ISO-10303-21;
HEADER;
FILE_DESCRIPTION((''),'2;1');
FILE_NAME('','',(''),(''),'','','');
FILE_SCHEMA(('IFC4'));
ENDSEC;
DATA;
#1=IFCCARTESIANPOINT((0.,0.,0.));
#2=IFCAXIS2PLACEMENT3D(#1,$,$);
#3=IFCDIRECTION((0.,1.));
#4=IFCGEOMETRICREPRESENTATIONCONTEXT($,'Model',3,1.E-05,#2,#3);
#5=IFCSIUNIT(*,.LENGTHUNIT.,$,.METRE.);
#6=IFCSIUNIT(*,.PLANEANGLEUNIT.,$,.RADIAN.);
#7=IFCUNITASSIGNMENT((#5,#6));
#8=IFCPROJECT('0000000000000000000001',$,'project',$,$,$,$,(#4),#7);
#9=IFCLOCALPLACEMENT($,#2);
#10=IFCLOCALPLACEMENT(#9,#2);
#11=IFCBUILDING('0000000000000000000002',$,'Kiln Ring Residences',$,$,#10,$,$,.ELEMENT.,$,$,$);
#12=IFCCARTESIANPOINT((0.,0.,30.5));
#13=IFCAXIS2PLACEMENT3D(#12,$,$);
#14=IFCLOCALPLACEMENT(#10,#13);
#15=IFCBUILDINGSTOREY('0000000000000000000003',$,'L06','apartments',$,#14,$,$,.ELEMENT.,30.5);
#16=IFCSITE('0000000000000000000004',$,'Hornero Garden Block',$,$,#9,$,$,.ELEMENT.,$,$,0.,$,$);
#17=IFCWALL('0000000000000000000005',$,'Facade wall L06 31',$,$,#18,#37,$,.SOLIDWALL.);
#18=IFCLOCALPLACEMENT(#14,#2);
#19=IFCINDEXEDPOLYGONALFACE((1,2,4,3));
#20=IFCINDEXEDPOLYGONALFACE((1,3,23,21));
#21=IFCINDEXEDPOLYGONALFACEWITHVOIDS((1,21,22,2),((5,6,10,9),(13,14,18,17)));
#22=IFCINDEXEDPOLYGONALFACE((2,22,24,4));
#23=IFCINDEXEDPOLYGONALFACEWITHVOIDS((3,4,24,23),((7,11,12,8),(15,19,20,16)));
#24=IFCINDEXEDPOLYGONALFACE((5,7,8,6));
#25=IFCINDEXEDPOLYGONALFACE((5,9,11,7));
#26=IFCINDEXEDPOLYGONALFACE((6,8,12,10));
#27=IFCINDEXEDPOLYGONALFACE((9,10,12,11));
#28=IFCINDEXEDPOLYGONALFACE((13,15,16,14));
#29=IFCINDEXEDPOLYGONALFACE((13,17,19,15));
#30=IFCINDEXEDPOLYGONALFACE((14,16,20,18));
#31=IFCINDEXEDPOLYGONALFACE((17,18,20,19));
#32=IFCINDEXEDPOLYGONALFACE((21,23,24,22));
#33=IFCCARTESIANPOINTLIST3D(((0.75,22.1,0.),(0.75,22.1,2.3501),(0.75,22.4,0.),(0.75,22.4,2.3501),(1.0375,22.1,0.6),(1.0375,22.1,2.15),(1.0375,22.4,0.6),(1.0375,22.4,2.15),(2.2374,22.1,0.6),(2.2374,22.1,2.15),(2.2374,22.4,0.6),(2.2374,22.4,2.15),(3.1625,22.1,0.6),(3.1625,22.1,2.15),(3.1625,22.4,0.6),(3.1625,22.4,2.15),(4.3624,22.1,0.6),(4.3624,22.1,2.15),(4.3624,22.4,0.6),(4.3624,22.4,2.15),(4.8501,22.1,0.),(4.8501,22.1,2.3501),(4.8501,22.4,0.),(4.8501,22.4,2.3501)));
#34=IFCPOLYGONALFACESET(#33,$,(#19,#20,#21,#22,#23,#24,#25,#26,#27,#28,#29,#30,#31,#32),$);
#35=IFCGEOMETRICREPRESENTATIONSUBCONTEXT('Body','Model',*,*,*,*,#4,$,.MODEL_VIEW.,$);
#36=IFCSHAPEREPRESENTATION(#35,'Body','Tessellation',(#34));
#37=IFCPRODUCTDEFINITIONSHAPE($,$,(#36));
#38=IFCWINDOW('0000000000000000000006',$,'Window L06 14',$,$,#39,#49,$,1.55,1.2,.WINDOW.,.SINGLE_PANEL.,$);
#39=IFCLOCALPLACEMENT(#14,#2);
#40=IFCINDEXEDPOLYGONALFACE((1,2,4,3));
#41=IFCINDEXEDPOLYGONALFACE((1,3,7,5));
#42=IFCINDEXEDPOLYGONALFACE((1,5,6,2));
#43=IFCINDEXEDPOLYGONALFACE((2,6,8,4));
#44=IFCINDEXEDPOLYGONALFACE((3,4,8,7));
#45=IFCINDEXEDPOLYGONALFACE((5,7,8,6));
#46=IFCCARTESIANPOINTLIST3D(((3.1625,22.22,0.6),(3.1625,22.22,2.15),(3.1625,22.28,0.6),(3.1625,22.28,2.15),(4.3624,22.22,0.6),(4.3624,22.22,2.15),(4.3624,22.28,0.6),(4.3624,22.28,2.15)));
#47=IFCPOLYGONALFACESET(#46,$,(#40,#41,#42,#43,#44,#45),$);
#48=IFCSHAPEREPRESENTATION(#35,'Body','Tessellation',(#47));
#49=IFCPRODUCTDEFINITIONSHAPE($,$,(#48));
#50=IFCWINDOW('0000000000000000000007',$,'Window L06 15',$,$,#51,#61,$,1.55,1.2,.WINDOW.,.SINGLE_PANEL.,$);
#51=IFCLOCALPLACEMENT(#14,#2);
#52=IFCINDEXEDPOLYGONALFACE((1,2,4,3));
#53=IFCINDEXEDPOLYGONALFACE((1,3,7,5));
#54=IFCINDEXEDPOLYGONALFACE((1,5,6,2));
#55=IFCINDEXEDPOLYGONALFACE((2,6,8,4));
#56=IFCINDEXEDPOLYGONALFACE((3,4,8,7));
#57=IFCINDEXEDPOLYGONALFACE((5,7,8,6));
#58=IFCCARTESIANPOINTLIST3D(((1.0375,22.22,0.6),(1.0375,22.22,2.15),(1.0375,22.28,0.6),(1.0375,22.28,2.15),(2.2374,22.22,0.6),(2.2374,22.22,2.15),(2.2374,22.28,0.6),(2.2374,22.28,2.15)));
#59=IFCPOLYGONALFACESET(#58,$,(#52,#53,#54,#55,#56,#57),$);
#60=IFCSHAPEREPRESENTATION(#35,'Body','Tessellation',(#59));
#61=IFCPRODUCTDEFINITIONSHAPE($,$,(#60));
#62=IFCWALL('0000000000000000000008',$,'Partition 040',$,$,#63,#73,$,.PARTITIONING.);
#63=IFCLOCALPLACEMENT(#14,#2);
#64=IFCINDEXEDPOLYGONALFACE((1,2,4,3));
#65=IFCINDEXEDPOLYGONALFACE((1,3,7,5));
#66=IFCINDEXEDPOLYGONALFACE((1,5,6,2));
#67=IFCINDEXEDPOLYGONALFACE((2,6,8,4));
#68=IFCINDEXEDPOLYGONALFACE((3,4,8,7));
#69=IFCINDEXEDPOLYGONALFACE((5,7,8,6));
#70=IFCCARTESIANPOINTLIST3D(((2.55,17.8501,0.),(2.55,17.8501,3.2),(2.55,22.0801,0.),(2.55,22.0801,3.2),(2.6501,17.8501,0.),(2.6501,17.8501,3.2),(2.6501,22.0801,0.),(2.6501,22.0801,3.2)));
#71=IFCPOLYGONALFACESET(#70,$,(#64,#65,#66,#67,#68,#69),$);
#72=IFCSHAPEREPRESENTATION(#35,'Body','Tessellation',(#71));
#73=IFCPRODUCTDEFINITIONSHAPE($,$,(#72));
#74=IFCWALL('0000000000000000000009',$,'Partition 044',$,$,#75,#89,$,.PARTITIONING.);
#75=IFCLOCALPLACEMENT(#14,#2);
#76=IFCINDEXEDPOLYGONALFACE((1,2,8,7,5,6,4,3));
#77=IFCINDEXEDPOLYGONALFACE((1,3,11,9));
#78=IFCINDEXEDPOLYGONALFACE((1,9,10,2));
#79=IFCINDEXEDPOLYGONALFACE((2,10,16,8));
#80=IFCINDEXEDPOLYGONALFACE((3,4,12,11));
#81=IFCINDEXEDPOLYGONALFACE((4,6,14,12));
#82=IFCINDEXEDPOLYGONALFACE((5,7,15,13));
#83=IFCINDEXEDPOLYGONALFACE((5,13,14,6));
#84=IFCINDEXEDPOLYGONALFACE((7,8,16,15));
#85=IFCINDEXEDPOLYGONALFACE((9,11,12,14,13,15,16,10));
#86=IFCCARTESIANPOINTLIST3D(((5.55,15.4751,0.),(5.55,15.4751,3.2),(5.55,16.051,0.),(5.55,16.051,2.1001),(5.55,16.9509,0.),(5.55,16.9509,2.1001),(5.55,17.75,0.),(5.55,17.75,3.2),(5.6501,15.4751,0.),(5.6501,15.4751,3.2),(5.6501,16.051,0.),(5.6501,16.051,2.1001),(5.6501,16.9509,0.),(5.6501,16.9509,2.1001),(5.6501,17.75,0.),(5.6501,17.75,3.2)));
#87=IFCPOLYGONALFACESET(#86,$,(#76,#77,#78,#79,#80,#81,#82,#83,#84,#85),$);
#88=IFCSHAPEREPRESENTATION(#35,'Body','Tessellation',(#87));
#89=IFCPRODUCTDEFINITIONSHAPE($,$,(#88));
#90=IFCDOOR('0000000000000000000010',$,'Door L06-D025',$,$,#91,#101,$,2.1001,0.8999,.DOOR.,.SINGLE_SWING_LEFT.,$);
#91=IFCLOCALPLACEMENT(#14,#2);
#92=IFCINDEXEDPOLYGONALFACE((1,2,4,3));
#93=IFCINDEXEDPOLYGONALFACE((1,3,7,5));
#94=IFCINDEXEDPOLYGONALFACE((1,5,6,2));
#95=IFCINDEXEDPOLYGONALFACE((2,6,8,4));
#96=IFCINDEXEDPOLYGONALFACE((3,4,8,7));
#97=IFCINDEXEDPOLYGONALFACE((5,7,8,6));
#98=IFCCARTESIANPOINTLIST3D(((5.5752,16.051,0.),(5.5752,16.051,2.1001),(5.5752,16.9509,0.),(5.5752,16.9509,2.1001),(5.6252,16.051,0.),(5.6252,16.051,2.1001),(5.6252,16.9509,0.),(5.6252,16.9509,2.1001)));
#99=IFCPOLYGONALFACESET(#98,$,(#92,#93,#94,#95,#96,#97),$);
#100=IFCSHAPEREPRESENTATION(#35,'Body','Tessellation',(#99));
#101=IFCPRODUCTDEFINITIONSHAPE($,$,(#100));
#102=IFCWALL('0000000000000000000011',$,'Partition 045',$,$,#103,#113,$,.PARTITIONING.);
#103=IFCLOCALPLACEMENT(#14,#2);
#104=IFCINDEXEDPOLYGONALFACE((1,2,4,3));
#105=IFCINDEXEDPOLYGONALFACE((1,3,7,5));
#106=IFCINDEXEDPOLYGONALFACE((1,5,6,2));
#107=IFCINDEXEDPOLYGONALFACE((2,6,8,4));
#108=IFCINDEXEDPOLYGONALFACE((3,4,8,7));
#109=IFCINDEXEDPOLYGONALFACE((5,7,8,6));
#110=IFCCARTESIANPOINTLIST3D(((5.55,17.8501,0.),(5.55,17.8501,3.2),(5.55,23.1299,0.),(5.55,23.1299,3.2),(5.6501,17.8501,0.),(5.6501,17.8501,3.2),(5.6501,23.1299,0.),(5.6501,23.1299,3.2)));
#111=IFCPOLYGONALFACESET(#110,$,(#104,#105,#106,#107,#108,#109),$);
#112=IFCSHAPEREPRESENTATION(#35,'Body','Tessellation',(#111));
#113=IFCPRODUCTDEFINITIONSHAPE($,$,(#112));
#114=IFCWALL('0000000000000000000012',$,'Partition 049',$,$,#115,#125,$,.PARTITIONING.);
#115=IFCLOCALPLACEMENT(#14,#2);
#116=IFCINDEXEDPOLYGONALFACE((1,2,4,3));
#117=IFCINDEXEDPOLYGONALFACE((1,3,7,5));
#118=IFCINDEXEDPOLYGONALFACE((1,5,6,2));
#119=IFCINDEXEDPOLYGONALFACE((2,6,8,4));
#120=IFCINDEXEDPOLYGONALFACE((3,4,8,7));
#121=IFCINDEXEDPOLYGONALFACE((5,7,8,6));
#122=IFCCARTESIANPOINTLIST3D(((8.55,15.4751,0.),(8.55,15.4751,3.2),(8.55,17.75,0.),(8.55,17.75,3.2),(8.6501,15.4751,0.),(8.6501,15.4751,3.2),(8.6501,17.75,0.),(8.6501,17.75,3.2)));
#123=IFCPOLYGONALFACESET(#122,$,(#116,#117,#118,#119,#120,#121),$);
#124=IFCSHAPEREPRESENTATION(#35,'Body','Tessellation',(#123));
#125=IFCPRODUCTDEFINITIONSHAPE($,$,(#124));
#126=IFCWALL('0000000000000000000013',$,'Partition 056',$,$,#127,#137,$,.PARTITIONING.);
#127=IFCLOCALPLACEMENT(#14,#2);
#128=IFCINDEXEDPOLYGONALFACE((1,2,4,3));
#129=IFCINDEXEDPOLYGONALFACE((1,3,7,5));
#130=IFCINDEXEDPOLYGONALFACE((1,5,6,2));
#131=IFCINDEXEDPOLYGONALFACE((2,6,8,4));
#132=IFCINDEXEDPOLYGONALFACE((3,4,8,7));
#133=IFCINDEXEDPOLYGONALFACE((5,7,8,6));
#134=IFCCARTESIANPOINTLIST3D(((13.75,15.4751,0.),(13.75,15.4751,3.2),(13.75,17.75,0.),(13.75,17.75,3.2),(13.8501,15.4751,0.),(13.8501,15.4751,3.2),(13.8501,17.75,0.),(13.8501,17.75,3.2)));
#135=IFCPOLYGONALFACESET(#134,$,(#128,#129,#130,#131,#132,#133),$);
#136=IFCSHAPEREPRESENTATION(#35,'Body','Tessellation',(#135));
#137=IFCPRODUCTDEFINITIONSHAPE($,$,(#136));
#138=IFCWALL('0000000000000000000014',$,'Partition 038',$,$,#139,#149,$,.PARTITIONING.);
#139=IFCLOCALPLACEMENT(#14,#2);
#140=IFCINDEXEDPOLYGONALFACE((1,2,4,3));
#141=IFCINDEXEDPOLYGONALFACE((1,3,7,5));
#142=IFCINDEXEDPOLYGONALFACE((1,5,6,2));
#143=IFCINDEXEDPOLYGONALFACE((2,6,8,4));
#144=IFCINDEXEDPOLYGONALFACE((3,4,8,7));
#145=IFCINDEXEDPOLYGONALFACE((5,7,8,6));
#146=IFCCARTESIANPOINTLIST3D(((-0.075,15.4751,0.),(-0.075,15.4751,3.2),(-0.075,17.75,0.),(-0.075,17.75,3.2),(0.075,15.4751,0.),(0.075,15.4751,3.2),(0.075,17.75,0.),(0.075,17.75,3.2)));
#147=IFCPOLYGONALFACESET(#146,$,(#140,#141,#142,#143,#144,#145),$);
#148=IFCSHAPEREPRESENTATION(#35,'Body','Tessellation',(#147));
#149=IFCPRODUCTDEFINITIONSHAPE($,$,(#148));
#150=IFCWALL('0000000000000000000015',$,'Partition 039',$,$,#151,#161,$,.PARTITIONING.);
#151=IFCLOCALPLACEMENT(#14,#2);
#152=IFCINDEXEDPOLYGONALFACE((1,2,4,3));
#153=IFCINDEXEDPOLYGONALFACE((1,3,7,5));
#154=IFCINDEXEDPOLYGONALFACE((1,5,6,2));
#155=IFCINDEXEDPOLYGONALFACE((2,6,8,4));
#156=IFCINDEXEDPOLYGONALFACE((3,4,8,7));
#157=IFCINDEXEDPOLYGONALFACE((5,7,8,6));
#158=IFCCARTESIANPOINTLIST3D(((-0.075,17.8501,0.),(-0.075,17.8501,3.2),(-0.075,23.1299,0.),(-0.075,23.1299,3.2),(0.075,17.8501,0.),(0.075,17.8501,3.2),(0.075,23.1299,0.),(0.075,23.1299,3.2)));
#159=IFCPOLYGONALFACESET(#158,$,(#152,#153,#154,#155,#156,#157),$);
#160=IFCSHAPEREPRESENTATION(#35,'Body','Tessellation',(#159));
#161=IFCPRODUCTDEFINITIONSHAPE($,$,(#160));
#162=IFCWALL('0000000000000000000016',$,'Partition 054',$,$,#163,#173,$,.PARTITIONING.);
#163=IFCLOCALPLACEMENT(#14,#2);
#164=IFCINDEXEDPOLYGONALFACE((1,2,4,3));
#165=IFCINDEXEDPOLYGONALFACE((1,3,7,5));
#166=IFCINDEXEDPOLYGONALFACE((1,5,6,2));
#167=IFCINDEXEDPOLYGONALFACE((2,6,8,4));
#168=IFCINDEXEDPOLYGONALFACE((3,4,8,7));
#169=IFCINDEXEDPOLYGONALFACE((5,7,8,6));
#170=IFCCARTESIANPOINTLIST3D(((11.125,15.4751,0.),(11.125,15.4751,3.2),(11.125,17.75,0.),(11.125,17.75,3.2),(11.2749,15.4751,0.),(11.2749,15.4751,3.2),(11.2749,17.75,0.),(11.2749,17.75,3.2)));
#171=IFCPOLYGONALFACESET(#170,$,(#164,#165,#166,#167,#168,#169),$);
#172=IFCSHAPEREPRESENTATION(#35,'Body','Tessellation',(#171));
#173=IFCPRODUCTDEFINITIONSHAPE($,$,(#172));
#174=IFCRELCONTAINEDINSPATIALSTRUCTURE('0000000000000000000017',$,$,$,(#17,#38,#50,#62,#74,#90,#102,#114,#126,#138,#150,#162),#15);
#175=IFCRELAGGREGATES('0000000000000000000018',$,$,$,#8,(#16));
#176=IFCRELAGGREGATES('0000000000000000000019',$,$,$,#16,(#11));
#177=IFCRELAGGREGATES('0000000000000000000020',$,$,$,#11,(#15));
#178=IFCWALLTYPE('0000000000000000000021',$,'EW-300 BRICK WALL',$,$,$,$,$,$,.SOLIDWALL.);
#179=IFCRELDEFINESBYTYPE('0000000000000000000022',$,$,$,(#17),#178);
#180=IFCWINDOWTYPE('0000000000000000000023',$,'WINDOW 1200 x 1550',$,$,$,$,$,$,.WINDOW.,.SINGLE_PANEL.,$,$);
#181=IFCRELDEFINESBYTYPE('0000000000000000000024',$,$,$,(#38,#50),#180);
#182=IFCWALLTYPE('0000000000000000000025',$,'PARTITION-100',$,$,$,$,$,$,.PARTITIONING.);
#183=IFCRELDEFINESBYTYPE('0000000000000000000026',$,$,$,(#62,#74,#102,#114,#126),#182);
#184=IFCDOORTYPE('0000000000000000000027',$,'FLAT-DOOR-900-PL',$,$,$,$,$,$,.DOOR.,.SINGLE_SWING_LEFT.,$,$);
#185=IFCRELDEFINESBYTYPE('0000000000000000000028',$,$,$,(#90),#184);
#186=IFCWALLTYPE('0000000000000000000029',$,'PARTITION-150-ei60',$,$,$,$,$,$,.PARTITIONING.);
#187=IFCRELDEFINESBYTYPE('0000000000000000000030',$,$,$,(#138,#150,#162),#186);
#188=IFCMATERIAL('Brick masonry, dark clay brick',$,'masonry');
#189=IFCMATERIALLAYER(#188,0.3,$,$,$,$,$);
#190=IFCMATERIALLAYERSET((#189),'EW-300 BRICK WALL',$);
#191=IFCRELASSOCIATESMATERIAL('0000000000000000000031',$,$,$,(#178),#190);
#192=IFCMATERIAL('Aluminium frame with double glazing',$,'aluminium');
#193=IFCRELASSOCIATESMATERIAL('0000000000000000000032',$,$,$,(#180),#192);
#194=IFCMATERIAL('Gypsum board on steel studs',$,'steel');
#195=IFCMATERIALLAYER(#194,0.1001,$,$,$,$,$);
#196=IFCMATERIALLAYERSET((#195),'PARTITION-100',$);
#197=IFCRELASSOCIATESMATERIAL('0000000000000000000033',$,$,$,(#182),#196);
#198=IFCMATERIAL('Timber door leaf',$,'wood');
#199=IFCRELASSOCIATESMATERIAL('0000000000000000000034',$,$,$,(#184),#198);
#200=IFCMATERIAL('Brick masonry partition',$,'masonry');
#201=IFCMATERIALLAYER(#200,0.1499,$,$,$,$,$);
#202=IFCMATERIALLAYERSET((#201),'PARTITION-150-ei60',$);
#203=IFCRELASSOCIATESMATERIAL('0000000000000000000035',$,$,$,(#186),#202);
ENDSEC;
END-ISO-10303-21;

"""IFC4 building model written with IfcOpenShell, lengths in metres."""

from ifc_helpers import new_model, si_unit, direction, frame, frame_2d, origin, place, context, subcontext, project, spatial, rectangle, extrude, material, layer, layer_set, type_object, element, fill, save


model = new_model("IFC4")

# Units and contexts
model_context = context("Model", 3, precision=1e-05, world=origin(), true_north=direction((0.0, 1.0)))
body_context = subcontext(model_context, "Body", "Model", "MODEL_VIEW")
ifc_project = project(units=[si_unit("LENGTHUNIT", "METRE"), si_unit("PLANEANGLEUNIT", "RADIAN")], contexts=[model_context])

# Site, building, storey
site_placement = place(None, origin())
site = spatial("IfcSite", under=ifc_project, at=site_placement, Name="Hornero Garden Block", CompositionType="ELEMENT", RefElevation=0.0)
building_placement = place(site_placement, origin())
building = spatial("IfcBuilding", under=site, at=building_placement, Name="Kiln Ring Residences", CompositionType="ELEMENT")
storey_placement = place(building_placement, frame((0.0, 0.0, 30.5)))
storey = spatial("IfcBuildingStorey", under=building, at=storey_placement, Name="L06", Description="apartments", CompositionType="ELEMENT", Elevation=30.5)

# Shared definitions
ifc_material_1 = material(Name="Brick masonry, dark clay brick", Category="masonry")
ifc_layer_1 = layer(ifc_material_1, 0.3)
ifc_layer_set_1 = layer_set([ifc_layer_1], Name="EW-300 BRICK WALL")
wall_type_1 = type_object("IfcWallType", Name="EW-300 BRICK WALL", PredefinedType="SOLIDWALL", material=ifc_layer_set_1)

# Wall, openings, windows
wall_1_placement = place(storey_placement, frame((4.8501, 22.25, 0.0), z_axis=(0.0, 0.0, 1.0), x_axis=(-1.0, 0.0, 0.0)))
wall_1 = element("IfcWall", 1, at=wall_1_placement, inside=storey, type_object=wall_type_1, Name="Facade wall L06 31", PredefinedType="SOLIDWALL", context=body_context, shape_type="SweptSolid", body=[
    extrude(rectangle(XDim=4.1001, YDim=0.3, at=frame_2d((2.05, 0.0))), origin(), (0.0, 0.0, 1.0), 2.3501),
])
opening_1_placement = place(wall_1_placement, frame((0.4875, 0.0, 0.6001)))
opening_1 = element("IfcOpeningElement", 2, at=opening_1_placement, cuts=wall_1, PredefinedType="OPENING", context=body_context, shape_type="SweptSolid", body=[
    extrude(rectangle(XDim=1.2, YDim=1.55, at=frame_2d((0.6001, 0.7749))), frame((0.0, 0.1599, 0.0), z_axis=(0.0, -1.0, 0.0), x_axis=(1.0, 0.0, 0.0)), (0.0, 0.0, 1.0), 0.3201),
])
opening_2_placement = place(wall_1_placement, frame((2.6125, 0.0, 0.6001)))
opening_2 = element("IfcOpeningElement", 3, at=opening_2_placement, cuts=wall_1, PredefinedType="OPENING", context=body_context, shape_type="SweptSolid", body=[
    extrude(rectangle(XDim=1.2, YDim=1.55, at=frame_2d((0.6001, 0.7749))), frame((0.0, 0.1599, 0.0), z_axis=(0.0, -1.0, 0.0), x_axis=(1.0, 0.0, 0.0)), (0.0, 0.0, 1.0), 0.3201),
])
ifc_material_2 = material(Name="Aluminium frame with double glazing", Category="aluminium")
window_type_1 = type_object("IfcWindowType", Name="WINDOW 1200 x 1550", PartitioningType="SINGLE_PANEL", PredefinedType="WINDOW", material=ifc_material_2)
window_1_placement = place(opening_1_placement, origin())
window_1 = element("IfcWindow", 4, at=window_1_placement, inside=storey, type_object=window_type_1, Name="Window L06 14", OverallHeight=1.55, OverallWidth=1.2, PartitioningType="SINGLE_PANEL", PredefinedType="WINDOW", context=body_context, shape_type="SweptSolid", body=[
    extrude(rectangle(XDim=1.2, YDim=1.55, at=frame_2d((0.6001, 0.7749))), frame((0.0, 0.03, 0.0), z_axis=(0.0, -1.0, 0.0), x_axis=(1.0, 0.0, 0.0)), (0.0, 0.0, 1.0), 0.0601),
])
fill(opening_1, window_1)
window_2_placement = place(opening_2_placement, origin())
window_2 = element("IfcWindow", 5, at=window_2_placement, inside=storey, type_object=window_type_1, Name="Window L06 15", OverallHeight=1.55, OverallWidth=1.2, PartitioningType="SINGLE_PANEL", PredefinedType="WINDOW", context=body_context, shape_type="SweptSolid", body=[
    extrude(rectangle(XDim=1.2, YDim=1.55, at=frame_2d((0.6001, 0.7749))), frame((0.0, 0.03, 0.0), z_axis=(0.0, -1.0, 0.0), x_axis=(1.0, 0.0, 0.0)), (0.0, 0.0, 1.0), 0.0601),
])
fill(opening_2, window_2)

# Wall
ifc_material_3 = material(Name="Gypsum board on steel studs", Category="steel")
ifc_layer_2 = layer(ifc_material_3, 0.1001)
ifc_layer_set_2 = layer_set([ifc_layer_2], Name="PARTITION-100")
wall_type_2 = type_object("IfcWallType", Name="PARTITION-100", PredefinedType="PARTITIONING", material=ifc_layer_set_2)
wall_2_placement = place(storey_placement, frame((2.6001, 17.8501, 0.0), z_axis=(0.0, 0.0, 1.0), x_axis=(0.0, 1.0, 0.0)))
element("IfcWall", 6, at=wall_2_placement, inside=storey, type_object=wall_type_2, Name="Partition 040", PredefinedType="PARTITIONING", context=body_context, shape_type="SweptSolid", body=[
    extrude(rectangle(XDim=4.23, YDim=0.1001, at=frame_2d((2.115, 0.0))), origin(), (0.0, 0.0, 1.0), 3.2),
])

# Wall, opening, door
wall_3_placement = place(storey_placement, frame((5.6001, 15.4751, 0.0), z_axis=(0.0, 0.0, 1.0), x_axis=(0.0, 1.0, 0.0)))
wall_3 = element("IfcWall", 7, at=wall_3_placement, inside=storey, type_object=wall_type_2, Name="Partition 044", PredefinedType="PARTITIONING", context=body_context, shape_type="SweptSolid", body=[
    extrude(rectangle(XDim=2.2749, YDim=0.1001, at=frame_2d((1.1375, 0.0))), origin(), (0.0, 0.0, 1.0), 3.2),
])
opening_3_placement = place(wall_3_placement, frame((0.5759, 0.0, 0.0)))
opening_3 = element("IfcOpeningElement", 8, at=opening_3_placement, cuts=wall_3, PredefinedType="OPENING", context=body_context, shape_type="SweptSolid", body=[
    extrude(rectangle(XDim=0.8999, YDim=2.1001, at=frame_2d((0.45, 1.05))), frame((0.0, 0.0601, 0.0), z_axis=(0.0, -1.0, 0.0), x_axis=(1.0, 0.0, 0.0)), (0.0, 0.0, 1.0), 0.1201),
])
ifc_material_4 = material(Name="Timber door leaf", Category="wood")
door_type = type_object("IfcDoorType", Name="FLAT-DOOR-900-PL", OperationType="SINGLE_SWING_LEFT", PredefinedType="DOOR", material=ifc_material_4)
door_placement = place(opening_3_placement, origin())
door = element("IfcDoor", 9, at=door_placement, inside=storey, type_object=door_type, Name="Door L06-D025", OperationType="SINGLE_SWING_LEFT", OverallHeight=2.1001, OverallWidth=0.8999, PredefinedType="DOOR", context=body_context, shape_type="SweptSolid", body=[
    extrude(rectangle(XDim=0.8999, YDim=2.1001, at=frame_2d((0.45, 1.05))), frame((0.0, 0.0249, 0.0), z_axis=(0.0, -1.0, 0.0), x_axis=(1.0, 0.0, 0.0)), (0.0, 0.0, 1.0), 0.05),
])
fill(opening_3, door)

# Walls
wall_4_placement = place(storey_placement, frame((5.6001, 17.8501, 0.0), z_axis=(0.0, 0.0, 1.0), x_axis=(0.0, 1.0, 0.0)))
element("IfcWall", 10, at=wall_4_placement, inside=storey, type_object=wall_type_2, Name="Partition 045", PredefinedType="PARTITIONING", context=body_context, shape_type="SweptSolid", body=[
    extrude(rectangle(XDim=5.2798, YDim=0.1001, at=frame_2d((2.6399, 0.0))), origin(), (0.0, 0.0, 1.0), 3.2),
])
for number, where, z_axis, x_axis, name in (
    (11, (8.6001, 15.4751, 0.0), (0.0, 0.0, 1.0), (0.0, 1.0, 0.0), "Partition 049"),
    (12, (13.8, 15.4751, 0.0), (0.0, 0.0, 1.0), (0.0, 1.0, 0.0), "Partition 056"),
):
    element("IfcWall", number, at=place(storey_placement, frame(where, z_axis=z_axis, x_axis=x_axis)), inside=storey, type_object=wall_type_2, Name=name, PredefinedType="PARTITIONING", context=body_context, shape_type="SweptSolid", body=[
        extrude(rectangle(XDim=2.2749, YDim=0.1001, at=frame_2d((1.1375, 0.0))), origin(), (0.0, 0.0, 1.0), 3.2),
    ])
ifc_material_5 = material(Name="Brick masonry partition", Category="masonry")
ifc_layer_3 = layer(ifc_material_5, 0.1499)
ifc_layer_set_3 = layer_set([ifc_layer_3], Name="PARTITION-150-ei60")
wall_type_3 = type_object("IfcWallType", Name="PARTITION-150-ei60", PredefinedType="PARTITIONING", material=ifc_layer_set_3)
wall_5_placement = place(storey_placement, frame((0.0, 15.4751, 0.0), z_axis=(0.0, 0.0, 1.0), x_axis=(0.0, 1.0, 0.0)))
element("IfcWall", 13, at=wall_5_placement, inside=storey, type_object=wall_type_3, Name="Partition 038", PredefinedType="PARTITIONING", context=body_context, shape_type="SweptSolid", body=[
    extrude(rectangle(XDim=2.2749, YDim=0.1499, at=frame_2d((1.1375, 0.0))), origin(), (0.0, 0.0, 1.0), 3.2),
])
wall_6_placement = place(storey_placement, frame((0.0, 17.8501, 0.0), z_axis=(0.0, 0.0, 1.0), x_axis=(0.0, 1.0, 0.0)))
element("IfcWall", 14, at=wall_6_placement, inside=storey, type_object=wall_type_3, Name="Partition 039", PredefinedType="PARTITIONING", context=body_context, shape_type="SweptSolid", body=[
    extrude(rectangle(XDim=5.2798, YDim=0.1499, at=frame_2d((2.6399, 0.0))), origin(), (0.0, 0.0, 1.0), 3.2),
])
wall_7_placement = place(storey_placement, frame((11.2, 15.4751, 0.0), z_axis=(0.0, 0.0, 1.0), x_axis=(0.0, 1.0, 0.0)))
element("IfcWall", 15, at=wall_7_placement, inside=storey, type_object=wall_type_3, Name="Partition 054", PredefinedType="PARTITIONING", context=body_context, shape_type="SweptSolid", body=[
    extrude(rectangle(XDim=2.2749, YDim=0.1499, at=frame_2d((1.1375, 0.0))), origin(), (0.0, 0.0, 1.0), 3.2),
])

save(model, "model.ifc")
